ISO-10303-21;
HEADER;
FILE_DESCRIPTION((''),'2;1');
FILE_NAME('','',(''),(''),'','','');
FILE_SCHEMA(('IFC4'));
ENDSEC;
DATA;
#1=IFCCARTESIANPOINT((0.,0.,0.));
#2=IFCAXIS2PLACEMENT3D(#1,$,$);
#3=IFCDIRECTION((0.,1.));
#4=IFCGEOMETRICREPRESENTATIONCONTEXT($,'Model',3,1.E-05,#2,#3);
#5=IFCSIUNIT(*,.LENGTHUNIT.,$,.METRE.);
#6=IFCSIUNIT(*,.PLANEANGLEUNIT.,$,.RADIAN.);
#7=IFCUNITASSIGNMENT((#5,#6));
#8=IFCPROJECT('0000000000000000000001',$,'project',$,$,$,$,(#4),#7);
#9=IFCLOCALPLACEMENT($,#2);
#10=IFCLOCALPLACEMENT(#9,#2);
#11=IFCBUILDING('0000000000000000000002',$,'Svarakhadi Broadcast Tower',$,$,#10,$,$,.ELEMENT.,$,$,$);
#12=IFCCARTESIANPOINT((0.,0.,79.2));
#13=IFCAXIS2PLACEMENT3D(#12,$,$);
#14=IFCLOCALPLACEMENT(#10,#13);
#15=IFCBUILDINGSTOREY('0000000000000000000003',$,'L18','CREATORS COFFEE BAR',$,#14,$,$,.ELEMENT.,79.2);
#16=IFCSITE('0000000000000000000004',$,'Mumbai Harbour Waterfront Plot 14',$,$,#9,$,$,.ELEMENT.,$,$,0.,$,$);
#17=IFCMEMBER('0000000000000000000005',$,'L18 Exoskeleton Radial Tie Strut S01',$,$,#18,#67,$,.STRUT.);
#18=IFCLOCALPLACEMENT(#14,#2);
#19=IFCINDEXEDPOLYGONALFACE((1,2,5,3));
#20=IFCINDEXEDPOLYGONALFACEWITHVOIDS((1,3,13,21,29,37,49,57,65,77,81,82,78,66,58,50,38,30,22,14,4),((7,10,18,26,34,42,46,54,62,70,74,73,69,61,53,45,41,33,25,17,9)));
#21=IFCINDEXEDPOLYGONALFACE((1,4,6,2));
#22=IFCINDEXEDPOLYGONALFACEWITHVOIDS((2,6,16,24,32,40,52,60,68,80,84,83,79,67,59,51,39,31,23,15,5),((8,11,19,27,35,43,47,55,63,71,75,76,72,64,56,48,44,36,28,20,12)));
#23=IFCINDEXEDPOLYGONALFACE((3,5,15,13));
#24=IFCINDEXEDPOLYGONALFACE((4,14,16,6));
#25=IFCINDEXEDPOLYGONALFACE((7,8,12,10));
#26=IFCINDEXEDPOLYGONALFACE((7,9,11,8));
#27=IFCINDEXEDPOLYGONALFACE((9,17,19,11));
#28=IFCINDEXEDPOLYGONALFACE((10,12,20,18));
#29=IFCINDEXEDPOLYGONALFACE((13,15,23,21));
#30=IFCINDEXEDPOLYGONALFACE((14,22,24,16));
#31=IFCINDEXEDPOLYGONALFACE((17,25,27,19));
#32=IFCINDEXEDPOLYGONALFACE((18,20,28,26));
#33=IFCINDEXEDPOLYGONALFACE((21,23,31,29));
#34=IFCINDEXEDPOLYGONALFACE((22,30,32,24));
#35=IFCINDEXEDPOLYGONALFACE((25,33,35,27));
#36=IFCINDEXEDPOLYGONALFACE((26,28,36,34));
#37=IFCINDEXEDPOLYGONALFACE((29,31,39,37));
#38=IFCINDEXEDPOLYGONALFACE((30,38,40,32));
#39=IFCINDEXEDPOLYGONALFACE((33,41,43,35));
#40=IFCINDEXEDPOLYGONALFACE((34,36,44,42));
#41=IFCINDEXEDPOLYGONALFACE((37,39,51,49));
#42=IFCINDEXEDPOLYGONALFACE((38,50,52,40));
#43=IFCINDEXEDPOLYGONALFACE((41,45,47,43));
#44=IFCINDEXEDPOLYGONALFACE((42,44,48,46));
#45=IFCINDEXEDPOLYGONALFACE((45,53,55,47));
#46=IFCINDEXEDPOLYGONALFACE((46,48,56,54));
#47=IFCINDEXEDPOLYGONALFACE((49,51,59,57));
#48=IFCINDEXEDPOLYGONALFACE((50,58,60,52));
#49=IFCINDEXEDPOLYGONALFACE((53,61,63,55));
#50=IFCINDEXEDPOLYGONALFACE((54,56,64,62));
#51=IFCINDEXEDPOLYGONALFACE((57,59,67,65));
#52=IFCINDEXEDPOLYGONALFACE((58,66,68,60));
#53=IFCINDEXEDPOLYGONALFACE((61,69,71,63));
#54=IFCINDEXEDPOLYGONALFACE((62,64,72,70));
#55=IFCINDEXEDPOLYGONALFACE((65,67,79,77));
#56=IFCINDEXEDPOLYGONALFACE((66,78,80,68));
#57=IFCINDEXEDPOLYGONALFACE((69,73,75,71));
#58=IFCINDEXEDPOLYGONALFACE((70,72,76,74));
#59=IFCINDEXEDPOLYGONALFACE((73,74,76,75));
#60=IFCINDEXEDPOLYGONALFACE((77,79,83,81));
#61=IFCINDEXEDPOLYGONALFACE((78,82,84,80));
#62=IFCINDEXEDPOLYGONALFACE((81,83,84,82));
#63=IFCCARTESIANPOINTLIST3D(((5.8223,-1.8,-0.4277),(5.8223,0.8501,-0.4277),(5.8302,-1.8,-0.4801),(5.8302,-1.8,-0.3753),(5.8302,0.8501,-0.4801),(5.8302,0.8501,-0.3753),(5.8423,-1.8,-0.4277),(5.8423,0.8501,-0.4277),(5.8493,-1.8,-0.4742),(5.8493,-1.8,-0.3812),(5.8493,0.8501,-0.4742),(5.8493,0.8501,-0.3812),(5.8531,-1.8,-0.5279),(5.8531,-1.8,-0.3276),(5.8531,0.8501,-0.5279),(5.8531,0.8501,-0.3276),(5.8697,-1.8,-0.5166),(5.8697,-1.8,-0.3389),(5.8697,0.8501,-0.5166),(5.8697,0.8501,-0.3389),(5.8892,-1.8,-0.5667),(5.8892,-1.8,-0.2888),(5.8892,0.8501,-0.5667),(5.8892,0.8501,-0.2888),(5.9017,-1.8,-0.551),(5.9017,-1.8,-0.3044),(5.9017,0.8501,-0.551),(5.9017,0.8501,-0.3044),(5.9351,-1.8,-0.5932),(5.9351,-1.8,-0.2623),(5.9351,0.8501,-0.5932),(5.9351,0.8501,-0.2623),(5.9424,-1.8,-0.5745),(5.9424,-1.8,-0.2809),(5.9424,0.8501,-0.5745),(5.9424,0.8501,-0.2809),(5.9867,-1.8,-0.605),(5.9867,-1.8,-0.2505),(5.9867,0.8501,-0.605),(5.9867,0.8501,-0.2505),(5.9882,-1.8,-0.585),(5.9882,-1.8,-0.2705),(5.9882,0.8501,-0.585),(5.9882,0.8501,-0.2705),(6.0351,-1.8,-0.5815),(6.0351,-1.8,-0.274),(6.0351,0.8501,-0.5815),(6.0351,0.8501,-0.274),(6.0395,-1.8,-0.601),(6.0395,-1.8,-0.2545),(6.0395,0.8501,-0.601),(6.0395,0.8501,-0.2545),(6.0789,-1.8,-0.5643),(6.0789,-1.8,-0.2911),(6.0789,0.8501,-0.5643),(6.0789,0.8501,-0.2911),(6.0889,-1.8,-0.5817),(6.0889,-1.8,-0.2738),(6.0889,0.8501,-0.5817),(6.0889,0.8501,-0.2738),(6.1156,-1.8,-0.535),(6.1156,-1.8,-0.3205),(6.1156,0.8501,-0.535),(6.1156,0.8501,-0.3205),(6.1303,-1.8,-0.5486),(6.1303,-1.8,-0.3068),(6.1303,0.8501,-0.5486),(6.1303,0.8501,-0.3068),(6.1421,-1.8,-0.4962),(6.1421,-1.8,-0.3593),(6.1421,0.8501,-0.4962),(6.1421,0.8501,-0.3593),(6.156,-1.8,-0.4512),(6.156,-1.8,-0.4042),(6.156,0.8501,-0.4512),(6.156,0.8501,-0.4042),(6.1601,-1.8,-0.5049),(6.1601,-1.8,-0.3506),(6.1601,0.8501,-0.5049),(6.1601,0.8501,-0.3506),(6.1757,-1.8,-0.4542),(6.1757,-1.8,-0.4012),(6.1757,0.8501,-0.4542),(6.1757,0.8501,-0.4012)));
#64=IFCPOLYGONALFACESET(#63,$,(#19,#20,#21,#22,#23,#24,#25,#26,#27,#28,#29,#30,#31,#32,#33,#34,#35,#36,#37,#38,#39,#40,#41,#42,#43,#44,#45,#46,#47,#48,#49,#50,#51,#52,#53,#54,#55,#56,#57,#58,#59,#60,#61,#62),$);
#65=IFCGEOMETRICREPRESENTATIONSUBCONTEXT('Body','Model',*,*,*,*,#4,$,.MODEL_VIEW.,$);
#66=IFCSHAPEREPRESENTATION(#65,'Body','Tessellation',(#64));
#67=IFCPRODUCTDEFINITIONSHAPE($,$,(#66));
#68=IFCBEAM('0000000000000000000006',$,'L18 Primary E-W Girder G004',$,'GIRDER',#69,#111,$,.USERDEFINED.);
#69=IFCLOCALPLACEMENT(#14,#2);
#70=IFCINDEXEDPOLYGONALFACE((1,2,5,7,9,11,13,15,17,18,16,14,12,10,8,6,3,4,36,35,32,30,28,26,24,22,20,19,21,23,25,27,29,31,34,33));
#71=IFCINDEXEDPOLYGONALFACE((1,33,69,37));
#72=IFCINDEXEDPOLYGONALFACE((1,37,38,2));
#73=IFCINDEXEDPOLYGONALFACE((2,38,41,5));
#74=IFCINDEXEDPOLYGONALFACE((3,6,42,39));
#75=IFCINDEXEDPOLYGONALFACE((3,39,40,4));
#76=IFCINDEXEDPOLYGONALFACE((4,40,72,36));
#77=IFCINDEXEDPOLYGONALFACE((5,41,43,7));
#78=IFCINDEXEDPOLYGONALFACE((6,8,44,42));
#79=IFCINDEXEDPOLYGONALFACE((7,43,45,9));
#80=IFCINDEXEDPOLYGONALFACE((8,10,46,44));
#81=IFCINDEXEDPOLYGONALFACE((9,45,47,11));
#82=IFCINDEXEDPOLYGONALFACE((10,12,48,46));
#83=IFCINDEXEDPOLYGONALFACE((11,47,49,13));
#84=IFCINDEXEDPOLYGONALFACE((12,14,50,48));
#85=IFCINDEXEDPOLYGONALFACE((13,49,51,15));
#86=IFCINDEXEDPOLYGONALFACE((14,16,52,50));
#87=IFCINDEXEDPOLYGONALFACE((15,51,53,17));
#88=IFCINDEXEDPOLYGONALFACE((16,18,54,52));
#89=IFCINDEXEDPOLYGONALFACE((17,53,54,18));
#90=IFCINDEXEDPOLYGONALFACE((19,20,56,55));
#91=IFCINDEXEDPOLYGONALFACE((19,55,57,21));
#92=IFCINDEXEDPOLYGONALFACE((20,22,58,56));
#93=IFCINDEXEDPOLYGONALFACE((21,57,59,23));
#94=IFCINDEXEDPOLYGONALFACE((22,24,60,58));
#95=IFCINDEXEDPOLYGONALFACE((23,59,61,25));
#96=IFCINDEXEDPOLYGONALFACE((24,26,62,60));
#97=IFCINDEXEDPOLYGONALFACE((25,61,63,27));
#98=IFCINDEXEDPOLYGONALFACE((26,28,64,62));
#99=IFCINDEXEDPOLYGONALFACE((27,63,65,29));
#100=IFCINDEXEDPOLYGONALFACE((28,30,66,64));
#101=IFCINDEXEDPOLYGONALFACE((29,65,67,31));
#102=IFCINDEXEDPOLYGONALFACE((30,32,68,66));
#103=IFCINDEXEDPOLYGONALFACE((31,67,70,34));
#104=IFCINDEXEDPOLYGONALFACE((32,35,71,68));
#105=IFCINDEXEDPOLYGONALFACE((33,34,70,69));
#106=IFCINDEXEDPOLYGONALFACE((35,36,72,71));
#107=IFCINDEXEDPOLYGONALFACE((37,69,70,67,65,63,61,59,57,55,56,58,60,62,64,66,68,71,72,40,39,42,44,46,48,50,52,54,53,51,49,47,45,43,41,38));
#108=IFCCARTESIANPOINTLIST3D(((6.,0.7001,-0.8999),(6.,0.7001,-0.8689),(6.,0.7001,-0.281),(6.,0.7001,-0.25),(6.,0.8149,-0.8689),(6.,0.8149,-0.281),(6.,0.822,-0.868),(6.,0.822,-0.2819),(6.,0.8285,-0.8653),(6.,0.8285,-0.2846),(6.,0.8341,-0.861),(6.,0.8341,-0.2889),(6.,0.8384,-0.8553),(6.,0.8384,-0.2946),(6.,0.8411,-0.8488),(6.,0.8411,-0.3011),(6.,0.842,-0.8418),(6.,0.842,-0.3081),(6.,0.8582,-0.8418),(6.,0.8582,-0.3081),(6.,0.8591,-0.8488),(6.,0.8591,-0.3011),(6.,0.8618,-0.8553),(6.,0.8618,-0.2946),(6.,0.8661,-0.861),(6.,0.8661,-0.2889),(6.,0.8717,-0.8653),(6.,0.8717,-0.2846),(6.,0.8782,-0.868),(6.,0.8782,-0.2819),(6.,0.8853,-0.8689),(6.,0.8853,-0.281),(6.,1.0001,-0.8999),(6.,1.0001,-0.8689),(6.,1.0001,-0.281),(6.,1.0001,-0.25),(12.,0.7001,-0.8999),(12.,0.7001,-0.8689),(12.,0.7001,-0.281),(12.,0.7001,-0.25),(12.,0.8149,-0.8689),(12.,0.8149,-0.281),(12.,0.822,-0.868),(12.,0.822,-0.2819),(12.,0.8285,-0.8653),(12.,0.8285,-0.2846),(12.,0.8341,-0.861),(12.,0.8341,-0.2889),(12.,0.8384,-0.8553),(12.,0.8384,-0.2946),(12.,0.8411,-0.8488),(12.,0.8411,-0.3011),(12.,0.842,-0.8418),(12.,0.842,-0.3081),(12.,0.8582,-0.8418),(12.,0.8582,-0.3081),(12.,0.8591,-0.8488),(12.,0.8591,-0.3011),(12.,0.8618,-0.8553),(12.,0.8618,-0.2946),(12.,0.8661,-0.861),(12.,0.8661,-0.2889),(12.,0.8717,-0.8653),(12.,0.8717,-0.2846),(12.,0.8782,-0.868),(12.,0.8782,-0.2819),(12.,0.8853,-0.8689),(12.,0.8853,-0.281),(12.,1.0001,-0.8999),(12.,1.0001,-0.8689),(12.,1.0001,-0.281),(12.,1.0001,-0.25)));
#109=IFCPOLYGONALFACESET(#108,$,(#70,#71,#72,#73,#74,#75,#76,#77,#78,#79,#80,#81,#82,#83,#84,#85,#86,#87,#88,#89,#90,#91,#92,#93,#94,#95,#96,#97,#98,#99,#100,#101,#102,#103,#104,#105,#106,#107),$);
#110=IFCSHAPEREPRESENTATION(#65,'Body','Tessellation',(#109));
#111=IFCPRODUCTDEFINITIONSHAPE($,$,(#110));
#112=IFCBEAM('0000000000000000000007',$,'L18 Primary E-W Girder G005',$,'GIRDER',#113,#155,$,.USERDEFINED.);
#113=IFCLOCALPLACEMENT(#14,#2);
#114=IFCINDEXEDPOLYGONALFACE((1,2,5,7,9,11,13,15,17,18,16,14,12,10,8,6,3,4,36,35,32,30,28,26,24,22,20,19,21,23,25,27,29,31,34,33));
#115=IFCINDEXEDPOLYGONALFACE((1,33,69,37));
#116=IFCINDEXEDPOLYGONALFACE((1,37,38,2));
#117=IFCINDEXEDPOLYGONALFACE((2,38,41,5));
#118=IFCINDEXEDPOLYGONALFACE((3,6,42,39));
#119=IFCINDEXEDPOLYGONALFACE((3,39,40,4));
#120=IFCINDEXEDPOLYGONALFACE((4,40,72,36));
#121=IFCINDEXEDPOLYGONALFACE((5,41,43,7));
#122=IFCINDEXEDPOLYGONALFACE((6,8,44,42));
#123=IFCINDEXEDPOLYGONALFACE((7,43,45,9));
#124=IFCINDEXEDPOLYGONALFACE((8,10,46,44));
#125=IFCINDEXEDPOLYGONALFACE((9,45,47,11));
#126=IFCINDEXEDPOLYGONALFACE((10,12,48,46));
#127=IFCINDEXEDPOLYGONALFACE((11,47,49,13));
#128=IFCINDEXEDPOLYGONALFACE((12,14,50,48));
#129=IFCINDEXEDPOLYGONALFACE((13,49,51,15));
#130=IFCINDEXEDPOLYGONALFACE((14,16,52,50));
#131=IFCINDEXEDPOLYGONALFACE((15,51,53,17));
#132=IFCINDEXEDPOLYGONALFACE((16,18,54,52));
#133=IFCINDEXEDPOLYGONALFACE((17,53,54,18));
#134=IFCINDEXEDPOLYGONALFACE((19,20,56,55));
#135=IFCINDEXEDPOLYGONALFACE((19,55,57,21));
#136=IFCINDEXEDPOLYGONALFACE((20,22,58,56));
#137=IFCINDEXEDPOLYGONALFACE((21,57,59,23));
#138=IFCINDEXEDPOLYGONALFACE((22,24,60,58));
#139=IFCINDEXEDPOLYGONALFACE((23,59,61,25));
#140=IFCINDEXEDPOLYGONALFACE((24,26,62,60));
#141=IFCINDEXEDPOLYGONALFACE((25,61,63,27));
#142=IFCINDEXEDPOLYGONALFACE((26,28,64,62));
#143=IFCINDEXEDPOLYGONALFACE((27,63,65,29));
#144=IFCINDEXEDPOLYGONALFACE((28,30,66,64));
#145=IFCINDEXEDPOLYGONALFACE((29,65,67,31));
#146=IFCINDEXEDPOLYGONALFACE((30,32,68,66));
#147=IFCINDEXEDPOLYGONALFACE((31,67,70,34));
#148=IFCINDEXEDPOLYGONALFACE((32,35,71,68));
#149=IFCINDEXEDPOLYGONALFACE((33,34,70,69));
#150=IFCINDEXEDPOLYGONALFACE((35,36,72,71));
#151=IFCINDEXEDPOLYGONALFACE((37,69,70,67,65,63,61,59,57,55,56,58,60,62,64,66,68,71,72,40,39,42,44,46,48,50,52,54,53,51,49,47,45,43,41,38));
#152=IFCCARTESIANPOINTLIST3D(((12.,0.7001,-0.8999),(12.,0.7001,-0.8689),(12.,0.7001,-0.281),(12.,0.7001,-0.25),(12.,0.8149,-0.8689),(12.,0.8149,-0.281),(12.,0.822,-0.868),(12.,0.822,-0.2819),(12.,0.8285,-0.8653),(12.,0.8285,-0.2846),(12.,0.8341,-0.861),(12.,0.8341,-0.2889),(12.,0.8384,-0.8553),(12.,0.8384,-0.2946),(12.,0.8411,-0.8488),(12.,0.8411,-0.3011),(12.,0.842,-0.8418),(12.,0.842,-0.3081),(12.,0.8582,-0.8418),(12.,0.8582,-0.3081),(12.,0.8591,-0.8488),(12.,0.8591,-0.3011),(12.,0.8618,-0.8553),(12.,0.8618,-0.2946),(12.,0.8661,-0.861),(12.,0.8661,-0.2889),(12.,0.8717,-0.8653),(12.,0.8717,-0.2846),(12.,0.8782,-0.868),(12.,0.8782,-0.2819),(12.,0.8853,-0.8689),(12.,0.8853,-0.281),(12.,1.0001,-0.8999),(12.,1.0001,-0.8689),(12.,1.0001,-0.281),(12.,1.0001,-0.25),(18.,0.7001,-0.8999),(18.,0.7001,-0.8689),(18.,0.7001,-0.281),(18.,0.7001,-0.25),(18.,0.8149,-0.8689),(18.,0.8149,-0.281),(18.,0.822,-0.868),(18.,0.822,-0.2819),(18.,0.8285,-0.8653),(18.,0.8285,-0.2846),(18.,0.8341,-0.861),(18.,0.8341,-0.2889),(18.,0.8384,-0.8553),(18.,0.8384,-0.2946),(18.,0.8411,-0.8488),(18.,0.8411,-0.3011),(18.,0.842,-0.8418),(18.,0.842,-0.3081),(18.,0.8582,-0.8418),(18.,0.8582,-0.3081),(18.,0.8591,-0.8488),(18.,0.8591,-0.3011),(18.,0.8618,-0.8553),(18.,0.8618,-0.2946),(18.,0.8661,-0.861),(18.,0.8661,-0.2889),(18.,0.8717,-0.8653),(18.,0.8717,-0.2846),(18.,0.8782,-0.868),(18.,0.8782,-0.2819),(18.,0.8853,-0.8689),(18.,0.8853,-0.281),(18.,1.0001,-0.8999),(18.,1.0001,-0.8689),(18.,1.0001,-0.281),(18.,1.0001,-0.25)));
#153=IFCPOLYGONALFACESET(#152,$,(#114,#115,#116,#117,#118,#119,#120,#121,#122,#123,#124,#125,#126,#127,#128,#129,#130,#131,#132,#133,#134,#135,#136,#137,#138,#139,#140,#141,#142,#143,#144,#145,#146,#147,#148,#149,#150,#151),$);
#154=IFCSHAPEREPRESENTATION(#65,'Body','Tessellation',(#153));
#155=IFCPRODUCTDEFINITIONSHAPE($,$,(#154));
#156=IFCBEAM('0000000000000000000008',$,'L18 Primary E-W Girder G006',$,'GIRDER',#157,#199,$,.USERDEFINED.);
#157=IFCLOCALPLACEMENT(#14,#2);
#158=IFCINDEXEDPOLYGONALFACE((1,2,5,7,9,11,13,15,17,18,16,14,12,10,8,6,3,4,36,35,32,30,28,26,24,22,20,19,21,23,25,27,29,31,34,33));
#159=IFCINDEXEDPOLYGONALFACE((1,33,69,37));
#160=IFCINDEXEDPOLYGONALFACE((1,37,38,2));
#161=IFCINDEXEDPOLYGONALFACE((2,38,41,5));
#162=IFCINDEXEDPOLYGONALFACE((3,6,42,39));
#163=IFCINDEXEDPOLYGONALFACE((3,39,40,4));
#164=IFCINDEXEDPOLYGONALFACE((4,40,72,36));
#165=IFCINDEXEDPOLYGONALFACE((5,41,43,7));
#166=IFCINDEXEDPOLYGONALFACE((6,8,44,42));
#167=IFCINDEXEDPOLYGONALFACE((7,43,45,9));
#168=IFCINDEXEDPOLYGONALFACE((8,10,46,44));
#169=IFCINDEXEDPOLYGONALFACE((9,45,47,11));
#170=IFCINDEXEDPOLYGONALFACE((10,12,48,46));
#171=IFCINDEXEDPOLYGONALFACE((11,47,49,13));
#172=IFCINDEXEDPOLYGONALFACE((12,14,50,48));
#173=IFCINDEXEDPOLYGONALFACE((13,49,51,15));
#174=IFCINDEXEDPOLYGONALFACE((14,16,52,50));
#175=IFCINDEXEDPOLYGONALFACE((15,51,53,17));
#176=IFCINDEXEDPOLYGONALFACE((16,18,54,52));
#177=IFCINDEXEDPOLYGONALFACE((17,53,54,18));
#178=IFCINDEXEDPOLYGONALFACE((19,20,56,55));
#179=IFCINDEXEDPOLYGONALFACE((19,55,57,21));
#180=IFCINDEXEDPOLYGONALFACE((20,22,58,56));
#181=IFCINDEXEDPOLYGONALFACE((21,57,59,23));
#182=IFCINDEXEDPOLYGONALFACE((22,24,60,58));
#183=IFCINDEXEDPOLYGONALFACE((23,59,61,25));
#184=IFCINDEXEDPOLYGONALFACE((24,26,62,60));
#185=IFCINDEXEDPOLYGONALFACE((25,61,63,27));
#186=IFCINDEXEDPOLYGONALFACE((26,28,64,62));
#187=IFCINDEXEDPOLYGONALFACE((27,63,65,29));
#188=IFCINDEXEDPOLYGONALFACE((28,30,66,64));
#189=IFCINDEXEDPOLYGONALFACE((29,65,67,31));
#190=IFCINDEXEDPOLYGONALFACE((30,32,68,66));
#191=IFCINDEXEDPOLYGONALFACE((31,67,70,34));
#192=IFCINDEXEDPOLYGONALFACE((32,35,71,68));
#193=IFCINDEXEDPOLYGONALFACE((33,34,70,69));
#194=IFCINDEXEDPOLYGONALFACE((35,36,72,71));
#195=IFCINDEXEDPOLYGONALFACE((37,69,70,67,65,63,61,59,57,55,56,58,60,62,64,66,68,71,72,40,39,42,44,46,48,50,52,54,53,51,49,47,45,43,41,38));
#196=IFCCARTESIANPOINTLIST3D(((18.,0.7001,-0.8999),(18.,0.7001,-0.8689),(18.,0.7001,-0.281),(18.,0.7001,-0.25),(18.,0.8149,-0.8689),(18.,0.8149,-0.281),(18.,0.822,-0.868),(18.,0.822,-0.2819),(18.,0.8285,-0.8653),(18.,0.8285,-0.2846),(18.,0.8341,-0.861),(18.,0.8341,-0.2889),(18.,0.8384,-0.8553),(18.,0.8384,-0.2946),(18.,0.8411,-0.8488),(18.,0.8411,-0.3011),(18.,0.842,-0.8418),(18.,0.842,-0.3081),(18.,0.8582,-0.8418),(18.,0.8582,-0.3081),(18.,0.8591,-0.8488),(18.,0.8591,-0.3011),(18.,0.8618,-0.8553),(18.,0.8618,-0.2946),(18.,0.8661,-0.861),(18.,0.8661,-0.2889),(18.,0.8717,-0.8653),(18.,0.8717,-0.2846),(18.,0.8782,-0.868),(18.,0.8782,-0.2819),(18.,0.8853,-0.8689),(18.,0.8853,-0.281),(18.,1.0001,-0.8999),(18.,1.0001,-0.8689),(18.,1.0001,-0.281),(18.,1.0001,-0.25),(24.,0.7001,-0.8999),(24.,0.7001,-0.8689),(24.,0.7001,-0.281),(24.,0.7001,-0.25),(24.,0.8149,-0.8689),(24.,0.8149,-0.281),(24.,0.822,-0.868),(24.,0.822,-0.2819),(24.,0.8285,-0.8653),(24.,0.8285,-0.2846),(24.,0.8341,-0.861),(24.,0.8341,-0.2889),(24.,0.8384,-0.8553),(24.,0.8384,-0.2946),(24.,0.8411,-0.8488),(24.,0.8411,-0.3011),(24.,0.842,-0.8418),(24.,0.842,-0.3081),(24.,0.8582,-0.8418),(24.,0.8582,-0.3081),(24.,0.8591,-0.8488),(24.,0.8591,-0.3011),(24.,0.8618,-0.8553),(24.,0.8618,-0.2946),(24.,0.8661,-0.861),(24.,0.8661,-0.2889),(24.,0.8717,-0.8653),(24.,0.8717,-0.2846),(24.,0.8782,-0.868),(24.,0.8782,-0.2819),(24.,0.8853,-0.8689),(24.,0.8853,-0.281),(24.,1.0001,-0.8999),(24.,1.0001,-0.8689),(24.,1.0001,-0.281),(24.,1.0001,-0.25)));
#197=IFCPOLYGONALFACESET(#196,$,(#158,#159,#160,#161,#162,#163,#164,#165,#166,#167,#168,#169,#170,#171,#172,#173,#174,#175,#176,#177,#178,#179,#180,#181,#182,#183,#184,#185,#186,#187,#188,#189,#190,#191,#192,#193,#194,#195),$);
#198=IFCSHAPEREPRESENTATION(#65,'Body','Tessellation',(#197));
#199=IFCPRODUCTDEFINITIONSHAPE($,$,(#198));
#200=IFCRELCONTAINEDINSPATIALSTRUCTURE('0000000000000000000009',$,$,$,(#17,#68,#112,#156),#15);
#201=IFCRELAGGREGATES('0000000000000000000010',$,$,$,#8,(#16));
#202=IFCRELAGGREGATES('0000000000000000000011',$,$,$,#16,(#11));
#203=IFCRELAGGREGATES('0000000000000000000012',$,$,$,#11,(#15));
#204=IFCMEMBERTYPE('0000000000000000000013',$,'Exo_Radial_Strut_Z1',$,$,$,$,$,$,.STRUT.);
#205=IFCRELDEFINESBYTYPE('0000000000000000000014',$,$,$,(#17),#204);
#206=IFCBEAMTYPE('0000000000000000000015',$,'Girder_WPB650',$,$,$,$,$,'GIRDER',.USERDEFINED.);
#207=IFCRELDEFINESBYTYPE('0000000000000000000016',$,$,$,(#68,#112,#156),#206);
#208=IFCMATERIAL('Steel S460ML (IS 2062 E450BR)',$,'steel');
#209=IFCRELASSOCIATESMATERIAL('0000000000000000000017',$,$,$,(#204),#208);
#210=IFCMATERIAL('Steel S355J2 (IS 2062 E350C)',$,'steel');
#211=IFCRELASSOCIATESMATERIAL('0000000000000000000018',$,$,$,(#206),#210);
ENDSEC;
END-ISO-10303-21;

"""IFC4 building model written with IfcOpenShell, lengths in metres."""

from ifc_helpers import new_model, si_unit, direction, frame, origin, origin_2d, place, context, subcontext, project, spatial, hollow_circle, i_section, extrude, material, material_profile, profile_set, type_object, element, save


model = new_model("IFC4")

# Units and contexts
model_context = context("Model", 3, precision=1e-05, world=origin(), true_north=direction((0.0, 1.0)))
body_context = subcontext(model_context, "Body", "Model", "MODEL_VIEW")
ifc_project = project(units=[si_unit("LENGTHUNIT", "METRE"), si_unit("PLANEANGLEUNIT", "RADIAN")], contexts=[model_context])

# Site, building, storey
site_placement = place(None, origin())
site = spatial("IfcSite", under=ifc_project, at=site_placement, Name="Mumbai Harbour Waterfront Plot 14", CompositionType="ELEMENT", RefElevation=0.0)
building_placement = place(site_placement, origin())
building = spatial("IfcBuilding", under=site, at=building_placement, Name="Svarakhadi Broadcast Tower", CompositionType="ELEMENT")
storey_placement = place(building_placement, frame((0.0, 0.0, 79.2)))
storey = spatial("IfcBuildingStorey", under=building, at=storey_placement, Name="L18", Description="CREATORS COFFEE BAR", CompositionType="ELEMENT", Elevation=79.2)

# Shared definitions
ifc_material_1 = material(Name="Steel S460ML (IS 2062 E450BR)", Category="steel")

# Shared definitions
ifc_material_2 = material(Name="Steel S355J2 (IS 2062 E350C)", Category="steel")

# Member
ifc_material_profile_1 = material_profile(ifc_material_1, hollow_circle(Radius=0.1777, WallThickness=0.02, at=origin_2d()), Name="CHS 355.6x20")
ifc_profile_set_1 = profile_set([ifc_material_profile_1], Name="Steel S460ML (IS 2062 E450BR)")
member_type_1 = type_object("IfcMemberType", Name="Exo_Radial_Strut_Z1", PredefinedType="STRUT", material=ifc_profile_set_1)
member_1_placement = place(storey_placement, frame((6.0, -1.8, -0.4277), z_axis=(0.0, 1.0, 0.0), x_axis=(-1.0, 0.0, 0.0)))
element("IfcMember", 1, at=member_1_placement, inside=storey, type_object=member_type_1, Name="L18 Exoskeleton Radial Tie Strut S01", PredefinedType="STRUT", context=body_context, shape_type="SweptSolid", body=[
    extrude(hollow_circle(Radius=0.1777, WallThickness=0.02, at=origin_2d()), origin(), (0.0, 0.0, 1.0), 2.6501),
])

# Beams
ifc_material_profile_2 = material_profile(ifc_material_2, i_section(OverallWidth=0.3, OverallDepth=0.6499, WebThickness=0.0161, FlangeThickness=0.031, FilletRadius=0.0271, at=origin_2d()), Name="WPB 650x300x225")
ifc_profile_set_2 = profile_set([ifc_material_profile_2], Name="Steel S355J2 (IS 2062 E350C)")
beam_type_1 = type_object("IfcBeamType", Name="Girder_WPB650", ElementType="GIRDER", PredefinedType="USERDEFINED", material=ifc_profile_set_2)
for number, where, z_axis, x_axis, name in (
    (2, (6.0, 0.8501, -0.575), (1.0, 0.0, 0.0), (0.0, 1.0, 0.0), "L18 Primary E-W Girder G004"),
    (3, (12.0, 0.8501, -0.575), (1.0, 0.0, 0.0), (0.0, 1.0, 0.0), "L18 Primary E-W Girder G005"),
    (4, (18.0, 0.8501, -0.575), (1.0, 0.0, 0.0), (0.0, 1.0, 0.0), "L18 Primary E-W Girder G006"),
):
    element("IfcBeam", number, at=place(storey_placement, frame(where, z_axis=z_axis, x_axis=x_axis)), inside=storey, type_object=beam_type_1, Name=name, ObjectType="GIRDER", PredefinedType="USERDEFINED", context=body_context, shape_type="SweptSolid", body=[
        extrude(i_section(OverallWidth=0.3, OverallDepth=0.6499, WebThickness=0.0161, FlangeThickness=0.031, FilletRadius=0.0271, at=origin_2d()), origin(), (0.0, 0.0, 1.0), 6.0),
    ])

save(model, "model.ifc")
